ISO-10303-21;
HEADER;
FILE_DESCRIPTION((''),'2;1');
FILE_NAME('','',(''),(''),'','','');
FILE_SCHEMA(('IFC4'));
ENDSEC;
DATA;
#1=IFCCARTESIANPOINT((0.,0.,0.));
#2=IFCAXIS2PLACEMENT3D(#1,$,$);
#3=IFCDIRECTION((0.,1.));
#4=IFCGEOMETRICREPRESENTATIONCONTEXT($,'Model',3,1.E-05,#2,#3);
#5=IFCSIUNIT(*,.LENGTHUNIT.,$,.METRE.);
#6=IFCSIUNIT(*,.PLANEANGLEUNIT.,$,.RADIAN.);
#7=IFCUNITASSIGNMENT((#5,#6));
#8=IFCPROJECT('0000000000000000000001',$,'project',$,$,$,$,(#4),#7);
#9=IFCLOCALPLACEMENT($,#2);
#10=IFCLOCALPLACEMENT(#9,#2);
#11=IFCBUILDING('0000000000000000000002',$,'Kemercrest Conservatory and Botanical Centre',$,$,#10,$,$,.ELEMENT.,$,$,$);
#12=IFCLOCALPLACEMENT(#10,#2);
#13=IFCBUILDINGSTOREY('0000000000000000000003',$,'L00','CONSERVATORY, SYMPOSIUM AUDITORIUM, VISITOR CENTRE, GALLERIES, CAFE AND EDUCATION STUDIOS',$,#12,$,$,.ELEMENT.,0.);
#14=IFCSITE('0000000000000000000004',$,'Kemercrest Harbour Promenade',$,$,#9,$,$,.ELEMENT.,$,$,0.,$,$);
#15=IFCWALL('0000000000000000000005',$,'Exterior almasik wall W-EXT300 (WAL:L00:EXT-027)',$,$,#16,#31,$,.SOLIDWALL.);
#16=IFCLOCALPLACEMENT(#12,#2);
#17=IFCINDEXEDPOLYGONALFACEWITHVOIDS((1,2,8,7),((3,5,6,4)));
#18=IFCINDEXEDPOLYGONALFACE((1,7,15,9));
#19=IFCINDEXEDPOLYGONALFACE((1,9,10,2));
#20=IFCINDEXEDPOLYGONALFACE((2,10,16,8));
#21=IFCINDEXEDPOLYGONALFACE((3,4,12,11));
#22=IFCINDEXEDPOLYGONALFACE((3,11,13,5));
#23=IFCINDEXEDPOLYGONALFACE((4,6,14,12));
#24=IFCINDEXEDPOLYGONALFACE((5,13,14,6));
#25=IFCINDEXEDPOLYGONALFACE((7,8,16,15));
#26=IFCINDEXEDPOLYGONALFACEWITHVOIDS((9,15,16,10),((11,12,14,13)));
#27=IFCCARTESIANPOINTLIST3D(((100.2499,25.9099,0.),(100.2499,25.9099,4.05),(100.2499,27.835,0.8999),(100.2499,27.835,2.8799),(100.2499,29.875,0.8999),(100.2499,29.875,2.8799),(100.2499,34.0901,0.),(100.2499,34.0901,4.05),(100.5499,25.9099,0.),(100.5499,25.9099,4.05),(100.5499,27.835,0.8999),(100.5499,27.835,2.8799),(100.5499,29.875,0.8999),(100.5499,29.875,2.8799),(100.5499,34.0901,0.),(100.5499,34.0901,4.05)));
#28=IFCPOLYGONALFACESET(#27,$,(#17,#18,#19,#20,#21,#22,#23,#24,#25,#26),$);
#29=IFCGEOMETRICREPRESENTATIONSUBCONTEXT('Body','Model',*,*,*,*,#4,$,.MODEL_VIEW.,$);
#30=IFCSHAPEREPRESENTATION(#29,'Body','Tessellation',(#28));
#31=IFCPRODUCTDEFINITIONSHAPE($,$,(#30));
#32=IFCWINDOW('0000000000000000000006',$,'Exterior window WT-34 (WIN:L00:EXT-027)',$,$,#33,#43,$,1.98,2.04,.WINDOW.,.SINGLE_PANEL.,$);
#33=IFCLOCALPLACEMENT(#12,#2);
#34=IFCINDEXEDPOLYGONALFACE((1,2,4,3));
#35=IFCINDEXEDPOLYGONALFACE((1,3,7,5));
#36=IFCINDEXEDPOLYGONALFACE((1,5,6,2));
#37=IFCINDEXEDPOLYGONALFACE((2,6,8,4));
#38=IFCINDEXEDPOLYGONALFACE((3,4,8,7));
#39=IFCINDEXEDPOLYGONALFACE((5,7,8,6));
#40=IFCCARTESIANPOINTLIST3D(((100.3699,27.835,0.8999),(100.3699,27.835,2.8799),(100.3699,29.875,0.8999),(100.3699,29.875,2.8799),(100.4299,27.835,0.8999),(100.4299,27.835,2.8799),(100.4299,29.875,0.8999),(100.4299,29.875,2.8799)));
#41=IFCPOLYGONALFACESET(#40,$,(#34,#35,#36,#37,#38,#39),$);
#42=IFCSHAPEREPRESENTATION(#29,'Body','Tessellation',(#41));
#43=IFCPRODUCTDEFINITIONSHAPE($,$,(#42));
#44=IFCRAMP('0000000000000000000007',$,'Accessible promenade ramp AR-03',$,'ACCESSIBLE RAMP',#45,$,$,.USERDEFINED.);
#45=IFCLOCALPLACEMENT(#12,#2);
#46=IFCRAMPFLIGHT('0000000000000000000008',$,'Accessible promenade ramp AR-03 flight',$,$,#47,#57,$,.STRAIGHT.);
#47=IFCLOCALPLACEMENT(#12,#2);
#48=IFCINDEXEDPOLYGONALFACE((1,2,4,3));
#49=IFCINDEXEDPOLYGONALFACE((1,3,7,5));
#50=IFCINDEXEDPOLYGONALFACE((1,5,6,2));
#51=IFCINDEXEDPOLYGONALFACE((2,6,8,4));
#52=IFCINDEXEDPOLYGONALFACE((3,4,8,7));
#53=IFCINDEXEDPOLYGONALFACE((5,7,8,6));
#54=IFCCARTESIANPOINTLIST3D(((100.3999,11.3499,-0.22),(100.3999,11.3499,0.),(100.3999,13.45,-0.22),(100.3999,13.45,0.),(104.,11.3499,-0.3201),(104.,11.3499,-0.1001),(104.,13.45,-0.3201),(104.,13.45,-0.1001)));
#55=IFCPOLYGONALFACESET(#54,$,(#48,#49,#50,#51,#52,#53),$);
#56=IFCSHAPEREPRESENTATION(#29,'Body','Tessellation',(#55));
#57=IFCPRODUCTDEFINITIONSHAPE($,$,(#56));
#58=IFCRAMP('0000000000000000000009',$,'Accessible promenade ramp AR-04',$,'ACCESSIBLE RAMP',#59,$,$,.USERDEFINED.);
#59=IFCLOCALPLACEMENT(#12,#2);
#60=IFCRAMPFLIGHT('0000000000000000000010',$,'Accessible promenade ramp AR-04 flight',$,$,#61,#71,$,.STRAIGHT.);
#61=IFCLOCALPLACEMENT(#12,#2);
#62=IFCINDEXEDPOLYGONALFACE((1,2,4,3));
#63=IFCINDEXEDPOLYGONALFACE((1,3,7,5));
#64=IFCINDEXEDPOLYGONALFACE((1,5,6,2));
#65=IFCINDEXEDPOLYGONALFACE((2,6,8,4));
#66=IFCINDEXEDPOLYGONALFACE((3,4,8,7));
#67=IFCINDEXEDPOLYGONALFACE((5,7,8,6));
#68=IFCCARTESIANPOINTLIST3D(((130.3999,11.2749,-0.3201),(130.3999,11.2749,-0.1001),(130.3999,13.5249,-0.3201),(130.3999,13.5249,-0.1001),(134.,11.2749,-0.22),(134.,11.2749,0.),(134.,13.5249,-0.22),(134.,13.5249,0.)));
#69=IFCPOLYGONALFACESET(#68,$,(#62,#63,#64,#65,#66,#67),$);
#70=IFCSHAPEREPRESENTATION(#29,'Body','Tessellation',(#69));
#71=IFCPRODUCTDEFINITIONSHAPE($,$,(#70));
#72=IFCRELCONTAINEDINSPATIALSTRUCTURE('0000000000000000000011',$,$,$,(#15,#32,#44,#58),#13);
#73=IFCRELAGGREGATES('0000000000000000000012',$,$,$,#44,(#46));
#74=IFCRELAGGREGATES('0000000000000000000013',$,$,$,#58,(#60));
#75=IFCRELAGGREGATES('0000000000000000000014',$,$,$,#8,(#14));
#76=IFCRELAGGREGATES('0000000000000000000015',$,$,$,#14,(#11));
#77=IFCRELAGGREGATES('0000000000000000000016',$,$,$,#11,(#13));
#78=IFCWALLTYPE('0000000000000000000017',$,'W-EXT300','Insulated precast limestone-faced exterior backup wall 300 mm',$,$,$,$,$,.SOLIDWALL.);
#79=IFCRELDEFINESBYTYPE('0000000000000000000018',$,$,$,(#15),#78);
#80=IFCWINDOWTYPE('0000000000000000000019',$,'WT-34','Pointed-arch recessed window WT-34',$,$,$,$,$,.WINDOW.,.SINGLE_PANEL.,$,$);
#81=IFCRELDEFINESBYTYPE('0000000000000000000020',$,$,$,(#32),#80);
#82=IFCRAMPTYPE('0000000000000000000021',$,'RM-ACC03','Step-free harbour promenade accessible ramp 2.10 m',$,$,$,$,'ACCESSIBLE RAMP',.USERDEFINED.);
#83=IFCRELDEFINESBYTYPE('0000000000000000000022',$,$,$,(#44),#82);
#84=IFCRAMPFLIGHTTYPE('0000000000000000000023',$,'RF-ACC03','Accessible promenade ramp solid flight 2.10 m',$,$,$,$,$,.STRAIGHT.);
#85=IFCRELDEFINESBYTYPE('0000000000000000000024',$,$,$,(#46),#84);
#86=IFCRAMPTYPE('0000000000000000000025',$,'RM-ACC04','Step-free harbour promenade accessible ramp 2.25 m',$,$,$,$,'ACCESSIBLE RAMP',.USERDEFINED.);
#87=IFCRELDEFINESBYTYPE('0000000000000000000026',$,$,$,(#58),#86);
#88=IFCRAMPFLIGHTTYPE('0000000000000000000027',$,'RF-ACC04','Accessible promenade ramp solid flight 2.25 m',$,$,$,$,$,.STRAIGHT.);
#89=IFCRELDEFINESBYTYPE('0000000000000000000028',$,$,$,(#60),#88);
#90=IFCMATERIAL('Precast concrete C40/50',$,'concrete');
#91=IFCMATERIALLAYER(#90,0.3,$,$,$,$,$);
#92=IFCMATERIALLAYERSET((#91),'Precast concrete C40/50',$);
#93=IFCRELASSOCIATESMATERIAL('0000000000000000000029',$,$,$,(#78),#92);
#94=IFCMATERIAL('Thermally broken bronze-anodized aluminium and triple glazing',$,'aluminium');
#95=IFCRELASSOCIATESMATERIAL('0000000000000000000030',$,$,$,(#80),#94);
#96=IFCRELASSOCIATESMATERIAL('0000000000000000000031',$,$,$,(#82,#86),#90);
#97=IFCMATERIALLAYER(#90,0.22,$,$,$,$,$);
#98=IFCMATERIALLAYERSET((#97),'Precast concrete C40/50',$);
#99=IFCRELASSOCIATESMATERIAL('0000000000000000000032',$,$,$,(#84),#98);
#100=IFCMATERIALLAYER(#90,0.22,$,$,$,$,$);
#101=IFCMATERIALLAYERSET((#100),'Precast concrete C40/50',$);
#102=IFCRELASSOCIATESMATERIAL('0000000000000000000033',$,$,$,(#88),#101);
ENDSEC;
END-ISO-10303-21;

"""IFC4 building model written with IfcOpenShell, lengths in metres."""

from ifc_helpers import new_model, si_unit, direction, frame, frame_2d, origin, place, context, subcontext, project, spatial, polyline, rectangle, outline, extrude, material, layer, layer_set, type_object, element, fill, aggregate, save


model = new_model("IFC4")

# Units and contexts
model_context = context("Model", 3, precision=1e-05, world=origin(), true_north=direction((0.0, 1.0)))
body_context = subcontext(model_context, "Body", "Model", "MODEL_VIEW")
ifc_project = project(units=[si_unit("LENGTHUNIT", "METRE"), si_unit("PLANEANGLEUNIT", "RADIAN")], contexts=[model_context])

# Site, building, storey
site_placement = place(None, origin())
site = spatial("IfcSite", under=ifc_project, at=site_placement, Name="Kemercrest Harbour Promenade", CompositionType="ELEMENT", RefElevation=0.0)
building_placement = place(site_placement, origin())
building = spatial("IfcBuilding", under=site, at=building_placement, Name="Kemercrest Conservatory and Botanical Centre", CompositionType="ELEMENT")
storey_placement = place(building_placement, origin())
storey = spatial("IfcBuildingStorey", under=building, at=storey_placement, Name="L00", Description="CONSERVATORY, SYMPOSIUM AUDITORIUM, VISITOR CENTRE, GALLERIES, CAFE AND EDUCATION STUDIOS", CompositionType="ELEMENT", Elevation=0.0)

# Shared definitions
ifc_material_1 = material(Name="Precast concrete C40/50", Category="concrete")

# Wall, opening, window
ifc_layer_1 = layer(ifc_material_1, 0.3)
ifc_layer_set_1 = layer_set([ifc_layer_1], Name="Precast concrete C40/50")
wall_type_1 = type_object("IfcWallType", Name="W-EXT300", Description="Insulated precast limestone-faced exterior backup wall 300 mm", PredefinedType="SOLIDWALL", material=ifc_layer_set_1)
ifc_material_2 = material(Name="Thermally broken bronze-anodized aluminium and triple glazing", Category="aluminium")
wall_1_placement = place(storey_placement, frame((100.3999, 25.9099, 0.0), z_axis=(0.0, 0.0, 1.0), x_axis=(0.0, 1.0, 0.0)))
wall_1 = element("IfcWall", 1, at=wall_1_placement, inside=storey, type_object=wall_type_1, Name="Exterior almasik wall W-EXT300 (WAL:L00:EXT-027)", PredefinedType="SOLIDWALL", context=body_context, shape_type="SweptSolid", body=[
    extrude(rectangle(XDim=8.1802, YDim=0.3, at=frame_2d((4.0901, 0.0))), origin(), (0.0, 0.0, 1.0), 4.05),
])
opening_1_placement = place(wall_1_placement, frame((1.925, 0.0, 0.8999)))
opening_1 = element("IfcOpeningElement", 2, at=opening_1_placement, cuts=wall_1, PredefinedType="OPENING", context=body_context, shape_type="SweptSolid", body=[
    extrude(rectangle(XDim=2.04, YDim=1.98, at=frame_2d((1.02, 0.99))), frame((0.0, 0.1602, 0.0), z_axis=(0.0, -1.0, 0.0), x_axis=(1.0, 0.0, 0.0)), (0.0, 0.0, 1.0), 0.3201),
])
window_type_1 = type_object("IfcWindowType", Name="WT-34", Description="Pointed-arch recessed window WT-34", PartitioningType="SINGLE_PANEL", PredefinedType="WINDOW", material=ifc_material_2)
window_1_placement = place(opening_1_placement, origin())
window_1 = element("IfcWindow", 3, at=window_1_placement, inside=storey, type_object=window_type_1, Name="Exterior window WT-34 (WIN:L00:EXT-027)", OverallHeight=1.98, OverallWidth=2.04, PartitioningType="SINGLE_PANEL", PredefinedType="WINDOW", context=body_context, shape_type="SweptSolid", body=[
    extrude(rectangle(XDim=2.04, YDim=1.98, at=frame_2d((1.02, 0.99))), frame((0.0, 0.03, 0.0), z_axis=(0.0, -1.0, 0.0), x_axis=(1.0, 0.0, 0.0)), (0.0, 0.0, 1.0), 0.0601),
])
fill(opening_1, window_1)

# Ramps, ramp flights
ramp_type_1 = type_object("IfcRampType", Name="RM-ACC03", Description="Step-free harbour promenade accessible ramp 2.10 m", ElementType="ACCESSIBLE RAMP", PredefinedType="USERDEFINED", material=ifc_material_1)
ramp_1_placement = place(storey_placement, origin())
ramp_1 = element("IfcRamp", 4, at=ramp_1_placement, inside=storey, type_object=ramp_type_1, Name="Accessible promenade ramp AR-03", ObjectType="ACCESSIBLE RAMP", PredefinedType="USERDEFINED")
ifc_layer_2 = layer(ifc_material_1, 0.22)
ifc_layer_set_2 = layer_set([ifc_layer_2], Name="Precast concrete C40/50")
ramp_flight_type_1 = type_object("IfcRampFlightType", Name="RF-ACC03", Description="Accessible promenade ramp solid flight 2.10 m", PredefinedType="STRAIGHT", material=ifc_layer_set_2)
ramp_flight_1_placement = place(storey_placement, frame((104.0, 12.3999, -0.1001), z_axis=(0.0, 0.0, 1.0), x_axis=(-1.0, 0.0, 0.0)))
ramp_flight_1 = element("IfcRampFlight", 5, at=ramp_flight_1_placement, type_object=ramp_flight_type_1, Name="Accessible promenade ramp AR-03 flight", PredefinedType="STRAIGHT", context=body_context, shape_type="SweptSolid", body=[
    extrude(outline(polyline([(0.0, 0.0), (3.6001, 0.1001), (3.6001, -0.1199), (0.0, -0.22), (0.0, 0.0)])), frame((0.0, 1.05, 0.0), z_axis=(0.0, -1.0, 0.0), x_axis=(1.0, 0.0, 0.0)), (0.0, 0.0, 1.0), 2.1001),
])
aggregate(ramp_1, [ramp_flight_1])
ramp_type_2 = type_object("IfcRampType", Name="RM-ACC04", Description="Step-free harbour promenade accessible ramp 2.25 m", ElementType="ACCESSIBLE RAMP", PredefinedType="USERDEFINED", material=ifc_material_1)
ramp_2_placement = place(storey_placement, origin())
ramp_2 = element("IfcRamp", 6, at=ramp_2_placement, inside=storey, type_object=ramp_type_2, Name="Accessible promenade ramp AR-04", ObjectType="ACCESSIBLE RAMP", PredefinedType="USERDEFINED")
ifc_layer_3 = layer(ifc_material_1, 0.22)
ifc_layer_set_3 = layer_set([ifc_layer_3], Name="Precast concrete C40/50")
ramp_flight_type_2 = type_object("IfcRampFlightType", Name="RF-ACC04", Description="Accessible promenade ramp solid flight 2.25 m", PredefinedType="STRAIGHT", material=ifc_layer_set_3)
ramp_flight_2_placement = place(storey_placement, frame((130.3999, 12.3999, -0.1001), z_axis=(0.0, 0.0, 1.0), x_axis=(1.0, 0.0, 0.0)))
ramp_flight_2 = element("IfcRampFlight", 7, at=ramp_flight_2_placement, type_object=ramp_flight_type_2, Name="Accessible promenade ramp AR-04 flight", PredefinedType="STRAIGHT", context=body_context, shape_type="SweptSolid", body=[
    extrude(outline(polyline([(0.0, 0.0), (3.6001, 0.1001), (3.6001, -0.1199), (0.0, -0.22), (0.0, 0.0)])), frame((0.0, 1.125, 0.0), z_axis=(0.0, -1.0, 0.0), x_axis=(1.0, 0.0, 0.0)), (0.0, 0.0, 1.0), 2.25),
])
aggregate(ramp_2, [ramp_flight_2])

save(model, "model.ifc")
